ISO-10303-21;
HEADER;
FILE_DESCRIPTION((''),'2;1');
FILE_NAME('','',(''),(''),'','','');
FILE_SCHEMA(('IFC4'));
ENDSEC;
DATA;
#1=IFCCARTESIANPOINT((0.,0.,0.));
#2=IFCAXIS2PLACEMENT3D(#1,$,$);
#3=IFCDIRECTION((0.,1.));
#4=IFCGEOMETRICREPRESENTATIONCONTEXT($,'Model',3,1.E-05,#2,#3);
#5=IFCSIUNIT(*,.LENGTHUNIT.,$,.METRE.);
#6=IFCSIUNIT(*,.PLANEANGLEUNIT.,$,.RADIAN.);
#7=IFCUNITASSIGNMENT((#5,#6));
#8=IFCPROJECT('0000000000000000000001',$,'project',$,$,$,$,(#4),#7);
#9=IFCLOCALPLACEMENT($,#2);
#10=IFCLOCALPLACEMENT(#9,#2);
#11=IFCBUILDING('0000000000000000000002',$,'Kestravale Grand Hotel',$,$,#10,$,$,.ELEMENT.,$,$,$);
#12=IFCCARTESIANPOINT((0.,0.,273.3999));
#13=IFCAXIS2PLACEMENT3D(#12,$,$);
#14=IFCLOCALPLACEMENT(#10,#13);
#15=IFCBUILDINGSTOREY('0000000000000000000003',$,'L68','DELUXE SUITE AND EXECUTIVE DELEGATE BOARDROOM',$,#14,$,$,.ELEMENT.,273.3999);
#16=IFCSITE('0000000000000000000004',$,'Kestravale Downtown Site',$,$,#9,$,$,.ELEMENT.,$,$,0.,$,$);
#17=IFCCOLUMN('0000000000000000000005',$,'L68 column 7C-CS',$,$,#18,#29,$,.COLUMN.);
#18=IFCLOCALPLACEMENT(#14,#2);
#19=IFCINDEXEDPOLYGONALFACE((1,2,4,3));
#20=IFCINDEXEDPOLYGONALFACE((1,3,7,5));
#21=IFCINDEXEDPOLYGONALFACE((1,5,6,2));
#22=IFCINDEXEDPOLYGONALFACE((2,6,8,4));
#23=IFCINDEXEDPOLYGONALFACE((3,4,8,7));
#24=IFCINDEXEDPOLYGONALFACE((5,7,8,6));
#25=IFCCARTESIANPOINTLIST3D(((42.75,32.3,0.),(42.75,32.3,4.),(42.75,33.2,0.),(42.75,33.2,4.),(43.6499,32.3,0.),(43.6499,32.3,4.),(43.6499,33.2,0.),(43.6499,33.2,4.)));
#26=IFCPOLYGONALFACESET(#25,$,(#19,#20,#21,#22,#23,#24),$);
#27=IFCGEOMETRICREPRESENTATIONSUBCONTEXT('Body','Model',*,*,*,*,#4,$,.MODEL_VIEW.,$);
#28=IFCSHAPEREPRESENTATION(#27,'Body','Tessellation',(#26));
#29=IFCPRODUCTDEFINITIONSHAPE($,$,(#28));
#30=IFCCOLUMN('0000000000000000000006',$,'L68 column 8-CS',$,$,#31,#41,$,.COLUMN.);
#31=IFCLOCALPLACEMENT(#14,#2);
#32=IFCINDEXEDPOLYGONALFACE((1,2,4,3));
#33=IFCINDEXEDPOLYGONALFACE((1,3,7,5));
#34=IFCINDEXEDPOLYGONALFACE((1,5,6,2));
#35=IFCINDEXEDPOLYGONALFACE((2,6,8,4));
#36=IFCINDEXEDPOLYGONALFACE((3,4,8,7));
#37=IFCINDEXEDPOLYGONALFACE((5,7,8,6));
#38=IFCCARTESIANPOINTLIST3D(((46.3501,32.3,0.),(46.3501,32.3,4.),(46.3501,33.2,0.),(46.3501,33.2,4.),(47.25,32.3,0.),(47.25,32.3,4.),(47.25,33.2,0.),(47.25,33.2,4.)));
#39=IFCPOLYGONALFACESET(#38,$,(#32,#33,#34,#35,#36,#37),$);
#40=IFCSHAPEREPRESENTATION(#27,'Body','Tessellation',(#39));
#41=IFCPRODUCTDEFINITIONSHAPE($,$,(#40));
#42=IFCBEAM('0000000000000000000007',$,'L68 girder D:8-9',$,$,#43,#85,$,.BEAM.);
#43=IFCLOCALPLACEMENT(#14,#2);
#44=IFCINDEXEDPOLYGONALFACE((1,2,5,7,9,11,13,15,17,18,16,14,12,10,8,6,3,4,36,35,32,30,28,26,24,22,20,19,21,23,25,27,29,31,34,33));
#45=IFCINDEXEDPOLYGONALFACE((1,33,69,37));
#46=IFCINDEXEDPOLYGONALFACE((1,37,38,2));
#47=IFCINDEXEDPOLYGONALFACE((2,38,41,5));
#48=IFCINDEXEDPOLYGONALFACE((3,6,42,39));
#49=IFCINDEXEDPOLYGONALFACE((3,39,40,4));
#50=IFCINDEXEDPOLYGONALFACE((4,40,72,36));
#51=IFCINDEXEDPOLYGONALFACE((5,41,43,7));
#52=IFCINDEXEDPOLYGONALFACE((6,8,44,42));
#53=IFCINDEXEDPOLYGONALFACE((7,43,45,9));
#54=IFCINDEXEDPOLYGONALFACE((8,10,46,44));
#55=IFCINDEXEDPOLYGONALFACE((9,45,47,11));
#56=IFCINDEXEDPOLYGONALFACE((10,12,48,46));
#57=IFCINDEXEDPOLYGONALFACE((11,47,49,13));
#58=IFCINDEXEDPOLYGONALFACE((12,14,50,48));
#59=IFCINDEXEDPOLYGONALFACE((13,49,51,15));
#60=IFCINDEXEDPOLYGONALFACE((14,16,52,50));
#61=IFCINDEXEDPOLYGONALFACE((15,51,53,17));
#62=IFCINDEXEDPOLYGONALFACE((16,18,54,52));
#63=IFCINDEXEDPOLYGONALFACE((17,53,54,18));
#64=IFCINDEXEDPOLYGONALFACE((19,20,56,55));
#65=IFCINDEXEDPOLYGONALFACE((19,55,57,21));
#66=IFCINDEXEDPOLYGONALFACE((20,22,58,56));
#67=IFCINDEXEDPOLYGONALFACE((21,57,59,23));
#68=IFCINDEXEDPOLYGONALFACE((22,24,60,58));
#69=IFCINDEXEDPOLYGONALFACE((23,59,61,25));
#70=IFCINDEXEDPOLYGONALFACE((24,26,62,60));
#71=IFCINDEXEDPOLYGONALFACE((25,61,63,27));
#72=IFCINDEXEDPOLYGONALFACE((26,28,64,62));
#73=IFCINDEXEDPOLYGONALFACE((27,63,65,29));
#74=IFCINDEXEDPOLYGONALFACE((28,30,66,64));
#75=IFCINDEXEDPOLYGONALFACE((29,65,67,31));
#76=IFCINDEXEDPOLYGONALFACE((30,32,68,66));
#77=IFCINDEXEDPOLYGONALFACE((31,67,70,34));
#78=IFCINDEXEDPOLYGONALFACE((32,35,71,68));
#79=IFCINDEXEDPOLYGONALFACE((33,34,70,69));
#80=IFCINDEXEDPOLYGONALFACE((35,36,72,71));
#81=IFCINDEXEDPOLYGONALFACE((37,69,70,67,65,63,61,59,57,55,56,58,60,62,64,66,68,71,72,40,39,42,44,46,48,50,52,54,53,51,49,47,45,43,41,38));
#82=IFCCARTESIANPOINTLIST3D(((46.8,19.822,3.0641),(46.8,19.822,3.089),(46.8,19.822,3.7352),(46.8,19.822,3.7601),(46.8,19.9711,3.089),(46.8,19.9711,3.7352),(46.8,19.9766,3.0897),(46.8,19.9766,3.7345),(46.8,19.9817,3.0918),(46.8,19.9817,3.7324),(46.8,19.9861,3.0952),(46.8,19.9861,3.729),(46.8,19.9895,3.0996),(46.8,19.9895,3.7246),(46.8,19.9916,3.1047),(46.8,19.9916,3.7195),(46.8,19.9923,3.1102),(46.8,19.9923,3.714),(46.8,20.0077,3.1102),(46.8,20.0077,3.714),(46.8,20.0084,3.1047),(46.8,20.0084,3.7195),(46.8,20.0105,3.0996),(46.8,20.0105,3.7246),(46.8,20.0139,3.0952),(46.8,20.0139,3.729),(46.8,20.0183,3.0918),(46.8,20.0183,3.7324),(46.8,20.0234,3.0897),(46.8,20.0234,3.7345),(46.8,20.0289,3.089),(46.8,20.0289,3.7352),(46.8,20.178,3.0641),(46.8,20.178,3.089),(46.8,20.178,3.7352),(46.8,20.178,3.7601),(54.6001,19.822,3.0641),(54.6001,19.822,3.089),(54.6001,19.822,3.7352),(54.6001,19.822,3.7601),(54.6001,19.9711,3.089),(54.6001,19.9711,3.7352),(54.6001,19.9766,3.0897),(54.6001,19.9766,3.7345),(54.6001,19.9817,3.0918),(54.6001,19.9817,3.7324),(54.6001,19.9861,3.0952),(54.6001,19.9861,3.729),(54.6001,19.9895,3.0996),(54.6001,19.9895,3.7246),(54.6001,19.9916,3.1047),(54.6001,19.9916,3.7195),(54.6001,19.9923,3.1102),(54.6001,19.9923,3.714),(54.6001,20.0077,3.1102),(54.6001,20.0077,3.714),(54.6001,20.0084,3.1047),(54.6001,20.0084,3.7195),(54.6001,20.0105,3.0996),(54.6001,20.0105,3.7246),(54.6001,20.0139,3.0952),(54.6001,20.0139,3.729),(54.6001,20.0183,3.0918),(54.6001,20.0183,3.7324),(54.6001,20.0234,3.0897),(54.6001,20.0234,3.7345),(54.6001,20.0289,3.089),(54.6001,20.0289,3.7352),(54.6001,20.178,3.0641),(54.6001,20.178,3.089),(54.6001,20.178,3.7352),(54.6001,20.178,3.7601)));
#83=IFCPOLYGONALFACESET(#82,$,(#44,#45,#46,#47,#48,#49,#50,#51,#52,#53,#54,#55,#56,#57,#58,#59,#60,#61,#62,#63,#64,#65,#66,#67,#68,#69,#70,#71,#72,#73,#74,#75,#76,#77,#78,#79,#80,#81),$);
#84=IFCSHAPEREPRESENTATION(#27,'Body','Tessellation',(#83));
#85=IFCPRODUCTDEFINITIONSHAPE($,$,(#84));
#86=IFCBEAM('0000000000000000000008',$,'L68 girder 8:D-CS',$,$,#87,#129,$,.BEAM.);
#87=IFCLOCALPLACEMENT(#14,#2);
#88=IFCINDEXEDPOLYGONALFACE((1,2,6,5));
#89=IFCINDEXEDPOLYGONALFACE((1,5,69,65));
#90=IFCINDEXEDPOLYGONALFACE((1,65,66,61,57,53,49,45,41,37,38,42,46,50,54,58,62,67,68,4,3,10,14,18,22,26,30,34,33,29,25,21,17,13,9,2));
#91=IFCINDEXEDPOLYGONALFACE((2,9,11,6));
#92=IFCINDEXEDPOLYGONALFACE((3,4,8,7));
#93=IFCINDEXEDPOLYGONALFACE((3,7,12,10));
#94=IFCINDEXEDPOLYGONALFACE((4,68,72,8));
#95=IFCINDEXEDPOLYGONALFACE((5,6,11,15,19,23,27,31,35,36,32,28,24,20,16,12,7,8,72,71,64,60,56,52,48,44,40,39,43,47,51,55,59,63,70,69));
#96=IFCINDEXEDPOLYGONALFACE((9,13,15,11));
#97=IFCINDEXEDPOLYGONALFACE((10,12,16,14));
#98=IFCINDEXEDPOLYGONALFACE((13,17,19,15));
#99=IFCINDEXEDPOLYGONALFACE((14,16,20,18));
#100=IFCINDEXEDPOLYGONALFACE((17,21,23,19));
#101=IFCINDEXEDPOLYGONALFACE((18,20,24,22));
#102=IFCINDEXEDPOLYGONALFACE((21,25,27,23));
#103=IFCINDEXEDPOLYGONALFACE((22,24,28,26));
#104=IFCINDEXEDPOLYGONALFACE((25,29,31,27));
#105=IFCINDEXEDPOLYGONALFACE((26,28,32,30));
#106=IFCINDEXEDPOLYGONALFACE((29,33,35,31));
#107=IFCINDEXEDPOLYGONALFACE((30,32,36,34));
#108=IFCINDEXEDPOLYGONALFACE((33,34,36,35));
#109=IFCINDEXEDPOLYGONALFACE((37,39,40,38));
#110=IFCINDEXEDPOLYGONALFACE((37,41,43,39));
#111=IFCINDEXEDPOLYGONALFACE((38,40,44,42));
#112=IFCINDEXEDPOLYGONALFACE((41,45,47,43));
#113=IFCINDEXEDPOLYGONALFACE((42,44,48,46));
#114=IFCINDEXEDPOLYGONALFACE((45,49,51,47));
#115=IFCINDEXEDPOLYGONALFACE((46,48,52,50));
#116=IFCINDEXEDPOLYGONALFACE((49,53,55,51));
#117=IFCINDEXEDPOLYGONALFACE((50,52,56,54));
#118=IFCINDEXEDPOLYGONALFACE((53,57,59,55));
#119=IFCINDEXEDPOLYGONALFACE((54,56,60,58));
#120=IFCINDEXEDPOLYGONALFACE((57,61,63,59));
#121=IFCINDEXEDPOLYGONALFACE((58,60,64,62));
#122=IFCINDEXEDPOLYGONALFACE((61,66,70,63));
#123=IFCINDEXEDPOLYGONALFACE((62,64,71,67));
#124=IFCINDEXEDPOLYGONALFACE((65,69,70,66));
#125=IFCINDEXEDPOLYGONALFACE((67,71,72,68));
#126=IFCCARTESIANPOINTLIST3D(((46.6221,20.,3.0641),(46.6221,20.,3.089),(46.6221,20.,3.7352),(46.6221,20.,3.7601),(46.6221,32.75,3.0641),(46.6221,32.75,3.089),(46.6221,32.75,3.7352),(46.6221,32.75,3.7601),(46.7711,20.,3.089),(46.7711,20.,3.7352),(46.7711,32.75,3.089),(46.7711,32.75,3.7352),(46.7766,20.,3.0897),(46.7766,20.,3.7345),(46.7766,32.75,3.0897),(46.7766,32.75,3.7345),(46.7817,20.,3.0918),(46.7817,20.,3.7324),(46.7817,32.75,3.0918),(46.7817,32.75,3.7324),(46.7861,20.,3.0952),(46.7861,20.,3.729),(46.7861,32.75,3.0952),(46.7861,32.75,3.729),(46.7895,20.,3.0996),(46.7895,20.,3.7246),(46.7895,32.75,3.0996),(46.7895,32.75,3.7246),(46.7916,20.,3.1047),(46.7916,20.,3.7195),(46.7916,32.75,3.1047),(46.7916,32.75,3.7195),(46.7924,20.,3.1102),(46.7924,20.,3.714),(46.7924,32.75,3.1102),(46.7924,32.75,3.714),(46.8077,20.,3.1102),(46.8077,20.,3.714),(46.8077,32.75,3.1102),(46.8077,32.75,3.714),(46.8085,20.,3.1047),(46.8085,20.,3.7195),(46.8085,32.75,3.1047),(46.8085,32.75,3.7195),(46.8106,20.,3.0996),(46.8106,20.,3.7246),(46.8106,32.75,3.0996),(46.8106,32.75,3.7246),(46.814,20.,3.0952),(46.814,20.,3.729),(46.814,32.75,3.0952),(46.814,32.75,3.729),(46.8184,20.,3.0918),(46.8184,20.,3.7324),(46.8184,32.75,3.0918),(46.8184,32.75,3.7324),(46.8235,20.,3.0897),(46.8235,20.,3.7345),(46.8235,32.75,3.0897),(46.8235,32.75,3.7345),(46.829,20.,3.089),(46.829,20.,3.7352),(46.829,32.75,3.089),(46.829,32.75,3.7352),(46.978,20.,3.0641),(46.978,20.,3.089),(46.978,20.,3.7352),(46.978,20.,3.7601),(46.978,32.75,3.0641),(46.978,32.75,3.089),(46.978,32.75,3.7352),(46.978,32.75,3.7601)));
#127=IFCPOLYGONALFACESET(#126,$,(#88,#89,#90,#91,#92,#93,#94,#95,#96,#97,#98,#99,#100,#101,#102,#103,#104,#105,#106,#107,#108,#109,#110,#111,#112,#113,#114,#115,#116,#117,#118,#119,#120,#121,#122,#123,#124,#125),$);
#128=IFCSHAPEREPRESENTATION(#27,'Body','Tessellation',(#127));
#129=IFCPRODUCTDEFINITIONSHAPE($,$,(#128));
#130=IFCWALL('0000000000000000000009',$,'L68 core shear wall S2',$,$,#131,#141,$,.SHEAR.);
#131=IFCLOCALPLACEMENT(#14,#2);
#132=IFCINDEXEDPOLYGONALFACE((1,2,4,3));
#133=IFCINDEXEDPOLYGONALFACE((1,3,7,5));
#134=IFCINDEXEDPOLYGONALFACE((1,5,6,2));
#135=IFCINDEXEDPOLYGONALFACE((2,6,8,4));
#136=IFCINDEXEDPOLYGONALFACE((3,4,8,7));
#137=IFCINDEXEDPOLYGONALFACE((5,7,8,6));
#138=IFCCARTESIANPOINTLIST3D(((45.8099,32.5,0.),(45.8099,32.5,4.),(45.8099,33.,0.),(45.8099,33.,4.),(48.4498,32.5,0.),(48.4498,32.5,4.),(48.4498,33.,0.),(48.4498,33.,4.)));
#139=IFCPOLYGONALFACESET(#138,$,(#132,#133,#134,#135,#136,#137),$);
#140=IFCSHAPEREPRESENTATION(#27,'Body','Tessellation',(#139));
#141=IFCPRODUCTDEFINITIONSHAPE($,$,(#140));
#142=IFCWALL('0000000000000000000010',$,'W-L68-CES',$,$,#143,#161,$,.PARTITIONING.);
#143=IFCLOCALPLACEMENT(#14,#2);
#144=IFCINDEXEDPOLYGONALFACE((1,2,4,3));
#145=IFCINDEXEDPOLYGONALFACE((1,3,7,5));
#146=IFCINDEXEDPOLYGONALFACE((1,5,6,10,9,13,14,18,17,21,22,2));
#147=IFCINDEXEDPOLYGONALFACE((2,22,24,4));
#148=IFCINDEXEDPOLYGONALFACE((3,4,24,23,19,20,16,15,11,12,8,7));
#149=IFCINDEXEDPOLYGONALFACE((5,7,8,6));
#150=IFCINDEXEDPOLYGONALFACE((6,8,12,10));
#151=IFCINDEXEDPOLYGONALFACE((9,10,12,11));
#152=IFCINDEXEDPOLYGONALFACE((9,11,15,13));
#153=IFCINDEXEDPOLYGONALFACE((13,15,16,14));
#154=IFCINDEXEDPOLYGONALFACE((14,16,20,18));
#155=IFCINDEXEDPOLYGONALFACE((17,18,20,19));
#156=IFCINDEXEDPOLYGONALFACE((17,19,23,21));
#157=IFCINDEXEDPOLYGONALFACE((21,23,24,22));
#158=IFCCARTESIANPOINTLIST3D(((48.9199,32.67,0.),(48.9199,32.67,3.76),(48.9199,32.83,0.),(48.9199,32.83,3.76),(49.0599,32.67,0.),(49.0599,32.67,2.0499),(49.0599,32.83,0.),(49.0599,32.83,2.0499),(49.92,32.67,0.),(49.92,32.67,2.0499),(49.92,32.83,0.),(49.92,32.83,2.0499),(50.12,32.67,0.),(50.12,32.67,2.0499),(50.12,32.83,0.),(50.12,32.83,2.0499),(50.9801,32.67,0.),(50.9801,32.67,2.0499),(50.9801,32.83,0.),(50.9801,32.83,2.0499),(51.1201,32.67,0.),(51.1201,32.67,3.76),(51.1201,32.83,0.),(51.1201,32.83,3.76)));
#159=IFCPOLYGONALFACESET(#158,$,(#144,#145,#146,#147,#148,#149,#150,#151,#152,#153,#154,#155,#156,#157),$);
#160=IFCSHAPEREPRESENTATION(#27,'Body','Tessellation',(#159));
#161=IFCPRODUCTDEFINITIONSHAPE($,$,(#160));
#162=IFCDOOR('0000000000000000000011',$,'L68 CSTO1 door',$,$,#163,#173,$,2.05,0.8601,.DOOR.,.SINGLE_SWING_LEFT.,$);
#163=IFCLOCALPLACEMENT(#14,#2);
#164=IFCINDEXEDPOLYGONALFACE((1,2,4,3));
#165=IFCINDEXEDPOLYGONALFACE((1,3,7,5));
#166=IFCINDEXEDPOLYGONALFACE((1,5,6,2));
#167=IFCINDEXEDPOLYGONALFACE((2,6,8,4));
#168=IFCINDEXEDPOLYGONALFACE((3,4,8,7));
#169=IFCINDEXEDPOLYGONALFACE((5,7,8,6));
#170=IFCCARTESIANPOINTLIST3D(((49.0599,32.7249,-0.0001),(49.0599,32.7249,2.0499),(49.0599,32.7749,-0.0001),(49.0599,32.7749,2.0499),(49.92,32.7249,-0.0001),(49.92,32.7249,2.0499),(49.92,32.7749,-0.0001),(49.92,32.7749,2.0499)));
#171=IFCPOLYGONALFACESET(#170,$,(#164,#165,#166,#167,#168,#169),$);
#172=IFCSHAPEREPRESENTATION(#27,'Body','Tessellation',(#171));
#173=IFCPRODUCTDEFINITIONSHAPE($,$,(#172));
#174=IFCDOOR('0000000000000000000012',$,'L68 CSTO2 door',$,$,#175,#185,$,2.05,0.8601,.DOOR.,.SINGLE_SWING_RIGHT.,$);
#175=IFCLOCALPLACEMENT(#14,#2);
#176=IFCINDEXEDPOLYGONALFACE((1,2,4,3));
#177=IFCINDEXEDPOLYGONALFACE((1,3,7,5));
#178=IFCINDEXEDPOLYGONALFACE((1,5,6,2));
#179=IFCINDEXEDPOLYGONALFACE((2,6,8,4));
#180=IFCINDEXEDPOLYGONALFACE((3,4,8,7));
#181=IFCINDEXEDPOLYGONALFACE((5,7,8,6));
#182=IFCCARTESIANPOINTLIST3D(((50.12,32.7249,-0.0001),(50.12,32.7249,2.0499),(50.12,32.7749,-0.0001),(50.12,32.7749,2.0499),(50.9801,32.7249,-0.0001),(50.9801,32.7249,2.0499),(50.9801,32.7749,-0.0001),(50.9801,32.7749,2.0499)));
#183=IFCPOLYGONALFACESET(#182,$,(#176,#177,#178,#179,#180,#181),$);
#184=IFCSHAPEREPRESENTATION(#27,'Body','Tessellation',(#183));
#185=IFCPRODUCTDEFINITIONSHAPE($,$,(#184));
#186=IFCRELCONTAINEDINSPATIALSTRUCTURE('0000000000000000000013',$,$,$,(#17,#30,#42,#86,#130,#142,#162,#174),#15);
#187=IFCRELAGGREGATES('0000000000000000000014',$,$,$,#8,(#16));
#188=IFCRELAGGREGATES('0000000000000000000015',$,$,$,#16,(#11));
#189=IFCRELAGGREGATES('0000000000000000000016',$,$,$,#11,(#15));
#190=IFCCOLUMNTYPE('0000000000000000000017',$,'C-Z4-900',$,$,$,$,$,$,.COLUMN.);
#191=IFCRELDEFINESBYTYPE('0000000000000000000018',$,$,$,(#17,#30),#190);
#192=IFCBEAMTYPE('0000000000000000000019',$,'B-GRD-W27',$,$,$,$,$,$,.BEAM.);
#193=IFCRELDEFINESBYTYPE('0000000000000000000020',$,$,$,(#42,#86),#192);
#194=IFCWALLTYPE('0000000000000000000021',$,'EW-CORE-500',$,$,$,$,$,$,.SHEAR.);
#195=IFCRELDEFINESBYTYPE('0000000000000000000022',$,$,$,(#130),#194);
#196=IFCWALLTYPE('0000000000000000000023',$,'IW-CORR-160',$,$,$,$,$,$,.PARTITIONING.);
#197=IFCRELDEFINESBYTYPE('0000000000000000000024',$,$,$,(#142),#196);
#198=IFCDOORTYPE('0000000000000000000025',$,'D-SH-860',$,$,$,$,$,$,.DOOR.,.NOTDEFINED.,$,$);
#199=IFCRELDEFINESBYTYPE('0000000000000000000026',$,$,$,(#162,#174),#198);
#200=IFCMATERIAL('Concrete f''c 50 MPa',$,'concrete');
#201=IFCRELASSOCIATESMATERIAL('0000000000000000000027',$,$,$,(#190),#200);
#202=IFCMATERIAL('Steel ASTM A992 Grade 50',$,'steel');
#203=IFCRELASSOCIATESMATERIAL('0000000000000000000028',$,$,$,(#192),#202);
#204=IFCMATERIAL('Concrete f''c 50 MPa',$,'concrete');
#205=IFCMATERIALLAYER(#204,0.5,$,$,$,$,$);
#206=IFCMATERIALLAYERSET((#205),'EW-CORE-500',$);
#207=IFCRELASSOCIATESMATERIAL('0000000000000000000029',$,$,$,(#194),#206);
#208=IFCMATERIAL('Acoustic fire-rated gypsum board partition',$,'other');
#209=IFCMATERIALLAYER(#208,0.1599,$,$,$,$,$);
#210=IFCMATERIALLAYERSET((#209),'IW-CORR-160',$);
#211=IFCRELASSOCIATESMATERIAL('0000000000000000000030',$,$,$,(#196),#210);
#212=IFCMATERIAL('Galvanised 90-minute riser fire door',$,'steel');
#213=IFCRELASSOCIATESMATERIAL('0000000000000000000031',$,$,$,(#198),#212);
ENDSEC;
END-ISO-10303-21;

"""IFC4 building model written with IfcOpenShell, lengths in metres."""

from ifc_helpers import new_model, si_unit, direction, frame, frame_2d, origin, origin_2d, place, context, subcontext, project, spatial, rectangle, i_section, extrude, material, layer, layer_set, material_profile, profile_set, type_object, element, fill, save


model = new_model("IFC4")

# Units and contexts
model_context = context("Model", 3, precision=1e-05, world=origin(), true_north=direction((0.0, 1.0)))
body_context = subcontext(model_context, "Body", "Model", "MODEL_VIEW")
ifc_project = project(units=[si_unit("LENGTHUNIT", "METRE"), si_unit("PLANEANGLEUNIT", "RADIAN")], contexts=[model_context])

# Site, building, storey
site_placement = place(None, origin())
site = spatial("IfcSite", under=ifc_project, at=site_placement, Name="Kestravale Downtown Site", CompositionType="ELEMENT", RefElevation=0.0)
building_placement = place(site_placement, origin())
building = spatial("IfcBuilding", under=site, at=building_placement, Name="Kestravale Grand Hotel", CompositionType="ELEMENT")
storey_placement = place(building_placement, frame((0.0, 0.0, 273.3999)))
storey = spatial("IfcBuildingStorey", under=building, at=storey_placement, Name="L68", Description="DELUXE SUITE AND EXECUTIVE DELEGATE BOARDROOM", CompositionType="ELEMENT", Elevation=273.3999)

# Columns
ifc_material_1 = material(Name="Concrete f'c 50 MPa", Category="concrete")
ifc_material_profile_1 = material_profile(ifc_material_1, rectangle(XDim=0.8999, YDim=0.8999, at=origin_2d()))
ifc_profile_set_1 = profile_set([ifc_material_profile_1], Name="Concrete f'c 50 MPa")
column_type = type_object("IfcColumnType", Name="C-Z4-900", PredefinedType="COLUMN", material=ifc_profile_set_1)
for number, where, z_axis, x_axis, name in (
    (1, (43.2, 32.75, 0.0), (0.0, 0.0, 1.0), (1.0, 0.0, 0.0), "L68 column 7C-CS"),
    (2, (46.8, 32.75, 0.0), (0.0, 0.0, 1.0), (1.0, 0.0, 0.0), "L68 column 8-CS"),
):
    element("IfcColumn", number, at=place(storey_placement, frame(where, z_axis=z_axis, x_axis=x_axis)), inside=storey, type_object=column_type, Name=name, PredefinedType="COLUMN", context=body_context, shape_type="SweptSolid", body=[
        extrude(rectangle(XDim=0.8999, YDim=0.8999, at=origin_2d()), origin(), (0.0, 0.0, 1.0), 4.0),
    ])

# Beams
ifc_material_2 = material(Name="Steel ASTM A992 Grade 50", Category="steel")
ifc_material_profile_2 = material_profile(ifc_material_2, i_section(OverallWidth=0.356, OverallDepth=0.696, WebThickness=0.0154, FlangeThickness=0.0249, FilletRadius=0.0212, at=origin_2d()))
ifc_profile_set_2 = profile_set([ifc_material_profile_2], Name="Steel ASTM A992 Grade 50")
beam_type = type_object("IfcBeamType", Name="B-GRD-W27", PredefinedType="BEAM", material=ifc_profile_set_2)
beam_1_placement = place(storey_placement, frame((46.8, 20.0, 3.4121), z_axis=(1.0, 0.0, 0.0), x_axis=(0.0, 1.0, 0.0)))
element("IfcBeam", 3, at=beam_1_placement, inside=storey, type_object=beam_type, Name="L68 girder D:8-9", PredefinedType="BEAM", context=body_context, shape_type="SweptSolid", body=[
    extrude(i_section(OverallWidth=0.356, OverallDepth=0.696, WebThickness=0.0154, FlangeThickness=0.0249, FilletRadius=0.0212, at=origin_2d()), origin(), (0.0, 0.0, 1.0), 7.8),
])
beam_2_placement = place(storey_placement, frame((46.8, 20.0, 3.4121), z_axis=(0.0, 1.0, 0.0), x_axis=(-1.0, 0.0, 0.0)))
element("IfcBeam", 4, at=beam_2_placement, inside=storey, type_object=beam_type, Name="L68 girder 8:D-CS", PredefinedType="BEAM", context=body_context, shape_type="SweptSolid", body=[
    extrude(i_section(OverallWidth=0.356, OverallDepth=0.696, WebThickness=0.0154, FlangeThickness=0.0249, FilletRadius=0.0212, at=origin_2d()), origin(), (0.0, 0.0, 1.0), 12.75),
])

# Wall
ifc_material_3 = material(Name="Concrete f'c 50 MPa", Category="concrete")
ifc_layer_1 = layer(ifc_material_3, 0.5)
ifc_layer_set_1 = layer_set([ifc_layer_1], Name="EW-CORE-500")
wall_type_1 = type_object("IfcWallType", Name="EW-CORE-500", PredefinedType="SHEAR", material=ifc_layer_set_1)
wall_1_placement = place(storey_placement, frame((45.8101, 32.75, 0.0), z_axis=(0.0, 0.0, 1.0), x_axis=(1.0, 0.0, 0.0)))
element("IfcWall", 5, at=wall_1_placement, inside=storey, type_object=wall_type_1, Name="L68 core shear wall S2", PredefinedType="SHEAR", context=body_context, shape_type="SweptSolid", body=[
    extrude(rectangle(XDim=2.6399, YDim=0.5, at=frame_2d((1.3198, 0.0))), origin(), (0.0, 0.0, 1.0), 4.0),
])

# Wall, openings, doors
ifc_material_4 = material(Name="Acoustic fire-rated gypsum board partition", Category="other")
ifc_layer_2 = layer(ifc_material_4, 0.1599)
ifc_layer_set_2 = layer_set([ifc_layer_2], Name="IW-CORR-160")
wall_type_2 = type_object("IfcWallType", Name="IW-CORR-160", PredefinedType="PARTITIONING", material=ifc_layer_set_2)
wall_2_placement = place(storey_placement, frame((48.9199, 32.75, 0.0), z_axis=(0.0, 0.0, 1.0), x_axis=(1.0, 0.0, 0.0)))
wall_2 = element("IfcWall", 6, at=wall_2_placement, inside=storey, type_object=wall_type_2, Name="W-L68-CES", PredefinedType="PARTITIONING", context=body_context, shape_type="SweptSolid", body=[
    extrude(rectangle(XDim=2.2002, YDim=0.1599, at=frame_2d((1.1001, 0.0))), origin(), (0.0, 0.0, 1.0), 3.76),
])
opening_1_placement = place(wall_2_placement, frame((0.1399, 0.0, 0.0)))
opening_1 = element("IfcOpeningElement", 7, at=opening_1_placement, cuts=wall_2, PredefinedType="OPENING", context=body_context, shape_type="SweptSolid", body=[
    extrude(rectangle(XDim=0.8601, YDim=2.05, at=frame_2d((0.4302, 1.0249))), frame((0.0, 0.0898, 0.0), z_axis=(0.0, -1.0, 0.0), x_axis=(1.0, 0.0, 0.0)), (0.0, 0.0, 1.0), 0.1799),
])
opening_2_placement = place(wall_2_placement, frame((1.2, 0.0, 0.0)))
opening_2 = element("IfcOpeningElement", 8, at=opening_2_placement, cuts=wall_2, PredefinedType="OPENING", context=body_context, shape_type="SweptSolid", body=[
    extrude(rectangle(XDim=0.8601, YDim=2.05, at=frame_2d((0.4302, 1.0249))), frame((0.0, 0.0898, 0.0), z_axis=(0.0, -1.0, 0.0), x_axis=(1.0, 0.0, 0.0)), (0.0, 0.0, 1.0), 0.1799),
])
ifc_material_5 = material(Name="Galvanised 90-minute riser fire door", Category="steel")
door_type_1 = type_object("IfcDoorType", Name="D-SH-860", OperationType="NOTDEFINED", PredefinedType="DOOR", material=ifc_material_5)
door_1_placement = place(opening_1_placement, origin())
door_1 = element("IfcDoor", 9, at=door_1_placement, inside=storey, type_object=door_type_1, Name="L68 CSTO1 door", OperationType="SINGLE_SWING_LEFT", OverallHeight=2.05, OverallWidth=0.8601, PredefinedType="DOOR", context=body_context, shape_type="SweptSolid", body=[
    extrude(rectangle(XDim=0.8601, YDim=2.05, at=frame_2d((0.4302, 1.0249))), frame((0.0, 0.0249, 0.0), z_axis=(0.0, -1.0, 0.0), x_axis=(1.0, 0.0, 0.0)), (0.0, 0.0, 1.0), 0.05),
])
fill(opening_1, door_1)
door_2_placement = place(opening_2_placement, origin())
door_2 = element("IfcDoor", 10, at=door_2_placement, inside=storey, type_object=door_type_1, Name="L68 CSTO2 door", OperationType="SINGLE_SWING_RIGHT", OverallHeight=2.05, OverallWidth=0.8601, PredefinedType="DOOR", context=body_context, shape_type="SweptSolid", body=[
    extrude(rectangle(XDim=0.8601, YDim=2.05, at=frame_2d((0.4302, 1.0249))), frame((0.0, 0.0249, 0.0), z_axis=(0.0, -1.0, 0.0), x_axis=(1.0, 0.0, 0.0)), (0.0, 0.0, 1.0), 0.05),
])
fill(opening_2, door_2)

save(model, "model.ifc")
